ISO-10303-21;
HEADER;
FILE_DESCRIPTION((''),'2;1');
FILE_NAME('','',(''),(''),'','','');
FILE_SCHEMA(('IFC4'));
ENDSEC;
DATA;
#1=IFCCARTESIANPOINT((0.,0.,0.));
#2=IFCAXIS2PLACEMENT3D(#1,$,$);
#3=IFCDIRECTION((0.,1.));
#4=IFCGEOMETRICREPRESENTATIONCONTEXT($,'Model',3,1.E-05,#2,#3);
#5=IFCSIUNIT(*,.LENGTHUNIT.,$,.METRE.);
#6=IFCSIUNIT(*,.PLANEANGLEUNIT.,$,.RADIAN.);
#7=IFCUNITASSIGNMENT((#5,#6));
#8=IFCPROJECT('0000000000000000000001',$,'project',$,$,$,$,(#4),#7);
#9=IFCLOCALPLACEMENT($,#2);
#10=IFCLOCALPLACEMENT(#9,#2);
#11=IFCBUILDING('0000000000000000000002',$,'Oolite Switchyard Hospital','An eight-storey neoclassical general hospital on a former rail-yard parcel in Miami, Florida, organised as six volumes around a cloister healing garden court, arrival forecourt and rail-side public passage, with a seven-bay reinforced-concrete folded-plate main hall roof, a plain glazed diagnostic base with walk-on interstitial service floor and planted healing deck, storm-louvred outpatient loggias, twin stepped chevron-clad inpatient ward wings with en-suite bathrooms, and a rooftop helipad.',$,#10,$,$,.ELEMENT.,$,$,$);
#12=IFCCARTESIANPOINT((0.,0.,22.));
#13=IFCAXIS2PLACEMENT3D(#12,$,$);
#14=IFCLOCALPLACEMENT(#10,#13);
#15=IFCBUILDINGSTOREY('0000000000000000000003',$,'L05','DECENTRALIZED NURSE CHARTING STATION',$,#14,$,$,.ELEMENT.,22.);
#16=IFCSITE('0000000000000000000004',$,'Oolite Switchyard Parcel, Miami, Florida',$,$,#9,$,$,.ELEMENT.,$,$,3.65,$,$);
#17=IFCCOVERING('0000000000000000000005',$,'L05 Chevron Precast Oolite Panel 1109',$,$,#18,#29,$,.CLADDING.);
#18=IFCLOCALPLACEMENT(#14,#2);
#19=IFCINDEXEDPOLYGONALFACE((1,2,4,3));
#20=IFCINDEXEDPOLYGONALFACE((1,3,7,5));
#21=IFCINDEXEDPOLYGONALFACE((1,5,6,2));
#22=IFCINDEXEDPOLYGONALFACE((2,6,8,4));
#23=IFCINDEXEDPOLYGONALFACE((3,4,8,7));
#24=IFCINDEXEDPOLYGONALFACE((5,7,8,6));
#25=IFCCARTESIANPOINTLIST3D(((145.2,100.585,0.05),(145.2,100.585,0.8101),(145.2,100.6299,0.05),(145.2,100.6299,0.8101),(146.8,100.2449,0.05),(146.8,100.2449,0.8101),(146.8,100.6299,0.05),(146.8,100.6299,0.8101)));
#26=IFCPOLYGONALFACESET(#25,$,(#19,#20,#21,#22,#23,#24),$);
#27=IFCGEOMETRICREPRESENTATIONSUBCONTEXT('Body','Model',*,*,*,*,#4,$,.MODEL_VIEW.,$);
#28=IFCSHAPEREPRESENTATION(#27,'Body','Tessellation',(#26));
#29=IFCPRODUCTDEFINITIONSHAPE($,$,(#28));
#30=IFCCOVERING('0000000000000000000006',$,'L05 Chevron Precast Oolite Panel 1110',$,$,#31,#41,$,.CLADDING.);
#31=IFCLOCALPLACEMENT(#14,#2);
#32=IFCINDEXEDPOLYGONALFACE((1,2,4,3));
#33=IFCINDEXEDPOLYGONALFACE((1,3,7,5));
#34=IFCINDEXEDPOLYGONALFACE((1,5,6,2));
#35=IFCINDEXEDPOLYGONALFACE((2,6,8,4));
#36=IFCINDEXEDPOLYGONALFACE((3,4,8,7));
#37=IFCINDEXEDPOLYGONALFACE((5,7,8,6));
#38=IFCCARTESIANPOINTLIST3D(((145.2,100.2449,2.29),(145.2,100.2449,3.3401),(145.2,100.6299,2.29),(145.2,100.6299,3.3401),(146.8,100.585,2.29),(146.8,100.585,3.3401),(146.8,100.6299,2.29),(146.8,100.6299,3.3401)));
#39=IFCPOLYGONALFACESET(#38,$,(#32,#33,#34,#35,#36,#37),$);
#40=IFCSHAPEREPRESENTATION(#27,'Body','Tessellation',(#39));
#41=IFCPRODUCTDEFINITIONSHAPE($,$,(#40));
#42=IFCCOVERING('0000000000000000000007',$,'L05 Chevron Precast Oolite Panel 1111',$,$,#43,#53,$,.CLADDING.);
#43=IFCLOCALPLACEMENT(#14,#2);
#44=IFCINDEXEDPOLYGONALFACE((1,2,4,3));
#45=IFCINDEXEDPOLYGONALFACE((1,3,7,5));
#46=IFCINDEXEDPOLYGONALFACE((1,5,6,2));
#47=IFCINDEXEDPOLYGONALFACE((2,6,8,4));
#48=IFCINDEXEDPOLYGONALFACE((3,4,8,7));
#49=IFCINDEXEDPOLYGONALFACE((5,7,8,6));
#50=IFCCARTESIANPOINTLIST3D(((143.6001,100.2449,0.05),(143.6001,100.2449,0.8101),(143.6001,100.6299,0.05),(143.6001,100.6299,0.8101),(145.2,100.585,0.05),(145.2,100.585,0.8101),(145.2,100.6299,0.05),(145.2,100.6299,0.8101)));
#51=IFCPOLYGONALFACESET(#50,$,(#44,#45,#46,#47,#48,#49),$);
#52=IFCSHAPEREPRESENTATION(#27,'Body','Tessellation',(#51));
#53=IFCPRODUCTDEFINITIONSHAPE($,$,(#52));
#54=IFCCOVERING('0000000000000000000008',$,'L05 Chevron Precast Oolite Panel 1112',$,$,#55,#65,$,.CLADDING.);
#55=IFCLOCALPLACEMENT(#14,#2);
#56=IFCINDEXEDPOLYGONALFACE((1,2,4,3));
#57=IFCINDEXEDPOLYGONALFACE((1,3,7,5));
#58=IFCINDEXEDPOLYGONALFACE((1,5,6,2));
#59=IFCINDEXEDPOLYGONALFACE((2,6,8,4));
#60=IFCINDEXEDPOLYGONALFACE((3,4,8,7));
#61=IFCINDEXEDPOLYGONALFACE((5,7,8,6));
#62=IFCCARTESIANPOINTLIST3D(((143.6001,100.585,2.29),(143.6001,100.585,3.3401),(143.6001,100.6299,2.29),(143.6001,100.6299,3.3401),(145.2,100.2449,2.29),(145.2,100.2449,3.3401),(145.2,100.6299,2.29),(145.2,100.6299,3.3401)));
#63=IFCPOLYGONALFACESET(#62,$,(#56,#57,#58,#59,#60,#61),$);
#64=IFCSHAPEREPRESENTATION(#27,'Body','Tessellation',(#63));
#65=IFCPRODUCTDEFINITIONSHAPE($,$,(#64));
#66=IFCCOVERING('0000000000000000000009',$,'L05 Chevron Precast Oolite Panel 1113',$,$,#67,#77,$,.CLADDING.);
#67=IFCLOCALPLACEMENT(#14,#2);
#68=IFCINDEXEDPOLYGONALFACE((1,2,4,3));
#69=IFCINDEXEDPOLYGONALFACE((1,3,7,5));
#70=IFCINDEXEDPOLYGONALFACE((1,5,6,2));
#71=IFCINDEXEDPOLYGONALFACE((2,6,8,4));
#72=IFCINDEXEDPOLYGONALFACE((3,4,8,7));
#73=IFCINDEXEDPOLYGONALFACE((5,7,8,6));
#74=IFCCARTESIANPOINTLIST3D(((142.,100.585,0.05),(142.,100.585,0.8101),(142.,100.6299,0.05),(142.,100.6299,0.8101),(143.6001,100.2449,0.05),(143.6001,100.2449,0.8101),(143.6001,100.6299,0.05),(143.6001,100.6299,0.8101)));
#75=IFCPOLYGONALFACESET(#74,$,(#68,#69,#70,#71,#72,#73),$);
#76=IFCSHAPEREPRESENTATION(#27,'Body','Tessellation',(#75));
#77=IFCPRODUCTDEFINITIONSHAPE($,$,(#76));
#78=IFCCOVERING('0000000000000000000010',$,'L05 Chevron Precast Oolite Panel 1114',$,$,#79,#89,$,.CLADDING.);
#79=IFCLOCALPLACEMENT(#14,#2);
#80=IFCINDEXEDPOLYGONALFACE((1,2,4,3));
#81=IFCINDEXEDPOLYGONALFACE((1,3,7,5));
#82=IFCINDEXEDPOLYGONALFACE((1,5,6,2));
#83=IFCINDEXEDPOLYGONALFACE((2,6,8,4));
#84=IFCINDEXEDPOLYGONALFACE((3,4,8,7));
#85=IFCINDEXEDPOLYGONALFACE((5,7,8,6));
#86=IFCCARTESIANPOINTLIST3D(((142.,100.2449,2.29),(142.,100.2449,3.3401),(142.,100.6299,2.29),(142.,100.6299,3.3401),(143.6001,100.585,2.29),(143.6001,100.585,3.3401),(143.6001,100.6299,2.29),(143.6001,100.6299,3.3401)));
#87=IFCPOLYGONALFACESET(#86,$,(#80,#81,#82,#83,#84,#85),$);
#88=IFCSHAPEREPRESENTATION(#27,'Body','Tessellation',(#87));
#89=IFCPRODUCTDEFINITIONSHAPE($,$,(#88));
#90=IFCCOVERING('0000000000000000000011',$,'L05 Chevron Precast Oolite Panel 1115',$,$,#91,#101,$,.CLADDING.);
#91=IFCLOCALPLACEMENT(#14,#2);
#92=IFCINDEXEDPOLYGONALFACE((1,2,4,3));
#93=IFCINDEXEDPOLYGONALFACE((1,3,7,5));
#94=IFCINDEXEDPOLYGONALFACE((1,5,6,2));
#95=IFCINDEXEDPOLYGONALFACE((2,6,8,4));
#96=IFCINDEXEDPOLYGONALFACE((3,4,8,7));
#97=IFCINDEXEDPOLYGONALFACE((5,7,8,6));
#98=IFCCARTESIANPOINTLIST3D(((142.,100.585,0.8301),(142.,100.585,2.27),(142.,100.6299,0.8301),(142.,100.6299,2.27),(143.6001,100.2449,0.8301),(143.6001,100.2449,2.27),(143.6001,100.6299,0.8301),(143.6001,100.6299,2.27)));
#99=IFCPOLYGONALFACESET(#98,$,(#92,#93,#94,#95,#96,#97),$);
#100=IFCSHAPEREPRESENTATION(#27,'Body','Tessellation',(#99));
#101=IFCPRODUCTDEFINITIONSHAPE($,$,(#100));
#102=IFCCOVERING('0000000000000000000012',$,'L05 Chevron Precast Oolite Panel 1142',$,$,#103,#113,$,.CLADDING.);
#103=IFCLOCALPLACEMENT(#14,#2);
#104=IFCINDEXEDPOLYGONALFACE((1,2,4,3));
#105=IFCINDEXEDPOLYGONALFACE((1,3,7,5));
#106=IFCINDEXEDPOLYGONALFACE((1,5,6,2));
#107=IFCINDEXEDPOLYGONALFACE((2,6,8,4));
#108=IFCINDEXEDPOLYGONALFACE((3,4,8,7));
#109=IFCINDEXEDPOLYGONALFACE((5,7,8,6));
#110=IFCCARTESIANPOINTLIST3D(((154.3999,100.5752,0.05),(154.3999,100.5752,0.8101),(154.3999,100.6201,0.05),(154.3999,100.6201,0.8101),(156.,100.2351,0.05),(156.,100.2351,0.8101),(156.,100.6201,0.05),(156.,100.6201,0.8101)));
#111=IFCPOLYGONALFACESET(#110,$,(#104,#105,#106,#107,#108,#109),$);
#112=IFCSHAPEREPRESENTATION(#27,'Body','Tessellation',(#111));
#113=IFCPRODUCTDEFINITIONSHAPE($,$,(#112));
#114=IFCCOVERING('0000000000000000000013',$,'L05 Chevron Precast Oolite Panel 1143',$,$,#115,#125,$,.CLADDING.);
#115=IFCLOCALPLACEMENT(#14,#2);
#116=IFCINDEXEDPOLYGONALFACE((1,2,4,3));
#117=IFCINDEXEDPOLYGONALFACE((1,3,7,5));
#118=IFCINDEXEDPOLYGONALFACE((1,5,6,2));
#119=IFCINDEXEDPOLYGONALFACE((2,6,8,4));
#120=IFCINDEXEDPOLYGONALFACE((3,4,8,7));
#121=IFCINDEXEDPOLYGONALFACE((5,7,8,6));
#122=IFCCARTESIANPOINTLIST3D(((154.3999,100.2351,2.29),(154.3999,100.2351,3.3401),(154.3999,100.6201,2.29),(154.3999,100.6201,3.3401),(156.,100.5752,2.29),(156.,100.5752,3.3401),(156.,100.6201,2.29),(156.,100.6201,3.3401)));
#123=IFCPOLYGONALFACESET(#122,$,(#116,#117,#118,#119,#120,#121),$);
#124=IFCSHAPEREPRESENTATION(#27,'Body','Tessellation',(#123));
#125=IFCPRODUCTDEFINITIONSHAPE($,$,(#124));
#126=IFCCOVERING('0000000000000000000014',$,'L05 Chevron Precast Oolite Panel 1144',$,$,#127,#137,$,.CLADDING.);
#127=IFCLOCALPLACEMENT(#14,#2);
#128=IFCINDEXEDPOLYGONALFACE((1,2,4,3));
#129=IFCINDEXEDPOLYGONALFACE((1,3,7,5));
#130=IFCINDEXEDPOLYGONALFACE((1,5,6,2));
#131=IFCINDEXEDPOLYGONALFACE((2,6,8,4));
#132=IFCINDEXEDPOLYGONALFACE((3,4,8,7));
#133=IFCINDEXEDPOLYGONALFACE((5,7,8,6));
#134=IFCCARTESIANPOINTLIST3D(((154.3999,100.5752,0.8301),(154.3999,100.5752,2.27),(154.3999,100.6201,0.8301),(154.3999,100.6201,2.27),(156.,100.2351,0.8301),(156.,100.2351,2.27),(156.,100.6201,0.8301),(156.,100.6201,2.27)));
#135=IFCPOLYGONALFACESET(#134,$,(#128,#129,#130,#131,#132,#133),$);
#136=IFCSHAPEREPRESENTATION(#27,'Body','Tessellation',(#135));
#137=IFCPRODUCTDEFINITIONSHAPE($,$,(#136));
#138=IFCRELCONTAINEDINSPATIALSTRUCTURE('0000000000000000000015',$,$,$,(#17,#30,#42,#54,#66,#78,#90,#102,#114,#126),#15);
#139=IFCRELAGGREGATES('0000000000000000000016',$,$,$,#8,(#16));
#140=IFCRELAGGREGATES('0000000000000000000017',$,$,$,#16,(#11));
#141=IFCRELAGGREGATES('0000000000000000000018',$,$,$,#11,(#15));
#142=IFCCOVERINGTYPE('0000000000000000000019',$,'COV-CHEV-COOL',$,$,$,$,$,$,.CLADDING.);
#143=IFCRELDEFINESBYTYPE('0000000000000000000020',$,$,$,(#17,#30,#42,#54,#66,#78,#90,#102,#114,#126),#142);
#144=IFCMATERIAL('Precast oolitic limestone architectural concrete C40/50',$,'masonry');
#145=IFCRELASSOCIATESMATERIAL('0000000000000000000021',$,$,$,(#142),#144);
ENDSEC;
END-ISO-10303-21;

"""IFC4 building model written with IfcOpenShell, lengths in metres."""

from ifc_helpers import new_model, si_unit, direction, frame, origin, place, context, subcontext, project, spatial, polyline, outline, extrude, material, type_object, element, save


model = new_model("IFC4")

# Units and contexts
model_context = context("Model", 3, precision=1e-05, world=origin(), true_north=direction((0.0, 1.0)))
body_context = subcontext(model_context, "Body", "Model", "MODEL_VIEW")
ifc_project = project(units=[si_unit("LENGTHUNIT", "METRE"), si_unit("PLANEANGLEUNIT", "RADIAN")], contexts=[model_context])

# Site, building, storey
site_placement = place(None, origin())
site = spatial("IfcSite", under=ifc_project, at=site_placement, Name="Oolite Switchyard Parcel, Miami, Florida", CompositionType="ELEMENT", RefElevation=3.65)
building_placement = place(site_placement, origin())
building = spatial("IfcBuilding", under=site, at=building_placement, Name="Oolite Switchyard Hospital", Description="An eight-storey neoclassical general hospital on a former rail-yard parcel in Miami, Florida, organised as six volumes around a cloister healing garden court, arrival forecourt and rail-side public passage, with a seven-bay reinforced-concrete folded-plate main hall roof, a plain glazed diagnostic base with walk-on interstitial service floor and planted healing deck, storm-louvred outpatient loggias, twin stepped chevron-clad inpatient ward wings with en-suite bathrooms, and a rooftop helipad.", CompositionType="ELEMENT")
storey_placement = place(building_placement, frame((0.0, 0.0, 22.0)))
storey = spatial("IfcBuildingStorey", under=building, at=storey_placement, Name="L05", Description="DECENTRALIZED NURSE CHARTING STATION", CompositionType="ELEMENT", Elevation=22.0)

# Shared definitions
ifc_material_1 = material(Name="Precast oolitic limestone architectural concrete C40/50", Category="masonry")

# Coverings
covering_type = type_object("IfcCoveringType", Name="COV-CHEV-COOL", PredefinedType="CLADDING", material=ifc_material_1)
covering_1_placement = place(storey_placement, frame((146.8, 100.6299, 0.05), z_axis=(0.0, 0.0, 1.0), x_axis=(-1.0, 0.0, 0.0)))
element("IfcCovering", 1, at=covering_1_placement, inside=storey, type_object=covering_type, Name="L05 Chevron Precast Oolite Panel 1109", PredefinedType="CLADDING", context=body_context, shape_type="SweptSolid", body=[
    extrude(outline(polyline([(0.0, 0.0), (1.6001, 0.0), (1.6001, 0.0449), (0.0, 0.385), (0.0, 0.0)])), origin(), (0.0, 0.0, 1.0), 0.76),
])
covering_2_placement = place(storey_placement, frame((146.8, 100.6299, 2.29), z_axis=(0.0, 0.0, 1.0), x_axis=(-1.0, 0.0, 0.0)))
element("IfcCovering", 2, at=covering_2_placement, inside=storey, type_object=covering_type, Name="L05 Chevron Precast Oolite Panel 1110", PredefinedType="CLADDING", context=body_context, shape_type="SweptSolid", body=[
    extrude(outline(polyline([(0.0, 0.0), (1.6001, 0.0), (1.6001, 0.385), (0.0, 0.0449), (0.0, 0.0)])), origin(), (0.0, 0.0, 1.0), 1.05),
])
covering_3_placement = place(storey_placement, frame((145.2, 100.6299, 0.05), z_axis=(0.0, 0.0, 1.0), x_axis=(-1.0, 0.0, 0.0)))
element("IfcCovering", 3, at=covering_3_placement, inside=storey, type_object=covering_type, Name="L05 Chevron Precast Oolite Panel 1111", PredefinedType="CLADDING", context=body_context, shape_type="SweptSolid", body=[
    extrude(outline(polyline([(0.0, 0.0), (1.5999, 0.0), (1.5999, 0.385), (0.0, 0.0449), (0.0, 0.0)])), origin(), (0.0, 0.0, 1.0), 0.76),
])
covering_4_placement = place(storey_placement, frame((145.2, 100.6299, 2.29), z_axis=(0.0, 0.0, 1.0), x_axis=(-1.0, 0.0, 0.0)))
element("IfcCovering", 4, at=covering_4_placement, inside=storey, type_object=covering_type, Name="L05 Chevron Precast Oolite Panel 1112", PredefinedType="CLADDING", context=body_context, shape_type="SweptSolid", body=[
    extrude(outline(polyline([(0.0, 0.0), (1.5999, 0.0), (1.5999, 0.0449), (0.0, 0.385), (0.0, 0.0)])), origin(), (0.0, 0.0, 1.0), 1.05),
])
covering_5_placement = place(storey_placement, frame((143.6001, 100.6299, 0.05), z_axis=(0.0, 0.0, 1.0), x_axis=(-1.0, 0.0, 0.0)))
element("IfcCovering", 5, at=covering_5_placement, inside=storey, type_object=covering_type, Name="L05 Chevron Precast Oolite Panel 1113", PredefinedType="CLADDING", context=body_context, shape_type="SweptSolid", body=[
    extrude(outline(polyline([(0.0, 0.0), (1.6001, 0.0), (1.6001, 0.0449), (0.0, 0.385), (0.0, 0.0)])), origin(), (0.0, 0.0, 1.0), 0.76),
])
covering_6_placement = place(storey_placement, frame((143.6001, 100.6299, 2.29), z_axis=(0.0, 0.0, 1.0), x_axis=(-1.0, 0.0, 0.0)))
element("IfcCovering", 6, at=covering_6_placement, inside=storey, type_object=covering_type, Name="L05 Chevron Precast Oolite Panel 1114", PredefinedType="CLADDING", context=body_context, shape_type="SweptSolid", body=[
    extrude(outline(polyline([(0.0, 0.0), (1.6001, 0.0), (1.6001, 0.385), (0.0, 0.0449), (0.0, 0.0)])), origin(), (0.0, 0.0, 1.0), 1.05),
])
covering_7_placement = place(storey_placement, frame((143.6001, 100.6299, 0.8301), z_axis=(0.0, 0.0, 1.0), x_axis=(-1.0, 0.0, 0.0)))
element("IfcCovering", 7, at=covering_7_placement, inside=storey, type_object=covering_type, Name="L05 Chevron Precast Oolite Panel 1115", PredefinedType="CLADDING", context=body_context, shape_type="SweptSolid", body=[
    extrude(outline(polyline([(0.0, 0.0), (1.6001, 0.0), (1.6001, 0.0449), (0.0, 0.385), (0.0, 0.0)])), origin(), (0.0, 0.0, 1.0), 1.4399),
])
covering_8_placement = place(storey_placement, frame((156.0, 100.6201, 0.05), z_axis=(0.0, 0.0, 1.0), x_axis=(-1.0, 0.0, 0.0)))
element("IfcCovering", 8, at=covering_8_placement, inside=storey, type_object=covering_type, Name="L05 Chevron Precast Oolite Panel 1142", PredefinedType="CLADDING", context=body_context, shape_type="SweptSolid", body=[
    extrude(outline(polyline([(0.0, 0.0), (1.6001, 0.0), (1.6001, 0.0449), (0.0, 0.385), (0.0, 0.0)])), origin(), (0.0, 0.0, 1.0), 0.76),
])
covering_9_placement = place(storey_placement, frame((156.0, 100.6201, 2.29), z_axis=(0.0, 0.0, 1.0), x_axis=(-1.0, 0.0, 0.0)))
element("IfcCovering", 9, at=covering_9_placement, inside=storey, type_object=covering_type, Name="L05 Chevron Precast Oolite Panel 1143", PredefinedType="CLADDING", context=body_context, shape_type="SweptSolid", body=[
    extrude(outline(polyline([(0.0, 0.0), (1.6001, 0.0), (1.6001, 0.385), (0.0, 0.0449), (0.0, 0.0)])), origin(), (0.0, 0.0, 1.0), 1.05),
])
covering_10_placement = place(storey_placement, frame((156.0, 100.6201, 0.8301), z_axis=(0.0, 0.0, 1.0), x_axis=(-1.0, 0.0, 0.0)))
element("IfcCovering", 10, at=covering_10_placement, inside=storey, type_object=covering_type, Name="L05 Chevron Precast Oolite Panel 1144", PredefinedType="CLADDING", context=body_context, shape_type="SweptSolid", body=[
    extrude(outline(polyline([(0.0, 0.0), (1.6001, 0.0), (1.6001, 0.0449), (0.0, 0.385), (0.0, 0.0)])), origin(), (0.0, 0.0, 1.0), 1.4399),
])

save(model, "model.ifc")
